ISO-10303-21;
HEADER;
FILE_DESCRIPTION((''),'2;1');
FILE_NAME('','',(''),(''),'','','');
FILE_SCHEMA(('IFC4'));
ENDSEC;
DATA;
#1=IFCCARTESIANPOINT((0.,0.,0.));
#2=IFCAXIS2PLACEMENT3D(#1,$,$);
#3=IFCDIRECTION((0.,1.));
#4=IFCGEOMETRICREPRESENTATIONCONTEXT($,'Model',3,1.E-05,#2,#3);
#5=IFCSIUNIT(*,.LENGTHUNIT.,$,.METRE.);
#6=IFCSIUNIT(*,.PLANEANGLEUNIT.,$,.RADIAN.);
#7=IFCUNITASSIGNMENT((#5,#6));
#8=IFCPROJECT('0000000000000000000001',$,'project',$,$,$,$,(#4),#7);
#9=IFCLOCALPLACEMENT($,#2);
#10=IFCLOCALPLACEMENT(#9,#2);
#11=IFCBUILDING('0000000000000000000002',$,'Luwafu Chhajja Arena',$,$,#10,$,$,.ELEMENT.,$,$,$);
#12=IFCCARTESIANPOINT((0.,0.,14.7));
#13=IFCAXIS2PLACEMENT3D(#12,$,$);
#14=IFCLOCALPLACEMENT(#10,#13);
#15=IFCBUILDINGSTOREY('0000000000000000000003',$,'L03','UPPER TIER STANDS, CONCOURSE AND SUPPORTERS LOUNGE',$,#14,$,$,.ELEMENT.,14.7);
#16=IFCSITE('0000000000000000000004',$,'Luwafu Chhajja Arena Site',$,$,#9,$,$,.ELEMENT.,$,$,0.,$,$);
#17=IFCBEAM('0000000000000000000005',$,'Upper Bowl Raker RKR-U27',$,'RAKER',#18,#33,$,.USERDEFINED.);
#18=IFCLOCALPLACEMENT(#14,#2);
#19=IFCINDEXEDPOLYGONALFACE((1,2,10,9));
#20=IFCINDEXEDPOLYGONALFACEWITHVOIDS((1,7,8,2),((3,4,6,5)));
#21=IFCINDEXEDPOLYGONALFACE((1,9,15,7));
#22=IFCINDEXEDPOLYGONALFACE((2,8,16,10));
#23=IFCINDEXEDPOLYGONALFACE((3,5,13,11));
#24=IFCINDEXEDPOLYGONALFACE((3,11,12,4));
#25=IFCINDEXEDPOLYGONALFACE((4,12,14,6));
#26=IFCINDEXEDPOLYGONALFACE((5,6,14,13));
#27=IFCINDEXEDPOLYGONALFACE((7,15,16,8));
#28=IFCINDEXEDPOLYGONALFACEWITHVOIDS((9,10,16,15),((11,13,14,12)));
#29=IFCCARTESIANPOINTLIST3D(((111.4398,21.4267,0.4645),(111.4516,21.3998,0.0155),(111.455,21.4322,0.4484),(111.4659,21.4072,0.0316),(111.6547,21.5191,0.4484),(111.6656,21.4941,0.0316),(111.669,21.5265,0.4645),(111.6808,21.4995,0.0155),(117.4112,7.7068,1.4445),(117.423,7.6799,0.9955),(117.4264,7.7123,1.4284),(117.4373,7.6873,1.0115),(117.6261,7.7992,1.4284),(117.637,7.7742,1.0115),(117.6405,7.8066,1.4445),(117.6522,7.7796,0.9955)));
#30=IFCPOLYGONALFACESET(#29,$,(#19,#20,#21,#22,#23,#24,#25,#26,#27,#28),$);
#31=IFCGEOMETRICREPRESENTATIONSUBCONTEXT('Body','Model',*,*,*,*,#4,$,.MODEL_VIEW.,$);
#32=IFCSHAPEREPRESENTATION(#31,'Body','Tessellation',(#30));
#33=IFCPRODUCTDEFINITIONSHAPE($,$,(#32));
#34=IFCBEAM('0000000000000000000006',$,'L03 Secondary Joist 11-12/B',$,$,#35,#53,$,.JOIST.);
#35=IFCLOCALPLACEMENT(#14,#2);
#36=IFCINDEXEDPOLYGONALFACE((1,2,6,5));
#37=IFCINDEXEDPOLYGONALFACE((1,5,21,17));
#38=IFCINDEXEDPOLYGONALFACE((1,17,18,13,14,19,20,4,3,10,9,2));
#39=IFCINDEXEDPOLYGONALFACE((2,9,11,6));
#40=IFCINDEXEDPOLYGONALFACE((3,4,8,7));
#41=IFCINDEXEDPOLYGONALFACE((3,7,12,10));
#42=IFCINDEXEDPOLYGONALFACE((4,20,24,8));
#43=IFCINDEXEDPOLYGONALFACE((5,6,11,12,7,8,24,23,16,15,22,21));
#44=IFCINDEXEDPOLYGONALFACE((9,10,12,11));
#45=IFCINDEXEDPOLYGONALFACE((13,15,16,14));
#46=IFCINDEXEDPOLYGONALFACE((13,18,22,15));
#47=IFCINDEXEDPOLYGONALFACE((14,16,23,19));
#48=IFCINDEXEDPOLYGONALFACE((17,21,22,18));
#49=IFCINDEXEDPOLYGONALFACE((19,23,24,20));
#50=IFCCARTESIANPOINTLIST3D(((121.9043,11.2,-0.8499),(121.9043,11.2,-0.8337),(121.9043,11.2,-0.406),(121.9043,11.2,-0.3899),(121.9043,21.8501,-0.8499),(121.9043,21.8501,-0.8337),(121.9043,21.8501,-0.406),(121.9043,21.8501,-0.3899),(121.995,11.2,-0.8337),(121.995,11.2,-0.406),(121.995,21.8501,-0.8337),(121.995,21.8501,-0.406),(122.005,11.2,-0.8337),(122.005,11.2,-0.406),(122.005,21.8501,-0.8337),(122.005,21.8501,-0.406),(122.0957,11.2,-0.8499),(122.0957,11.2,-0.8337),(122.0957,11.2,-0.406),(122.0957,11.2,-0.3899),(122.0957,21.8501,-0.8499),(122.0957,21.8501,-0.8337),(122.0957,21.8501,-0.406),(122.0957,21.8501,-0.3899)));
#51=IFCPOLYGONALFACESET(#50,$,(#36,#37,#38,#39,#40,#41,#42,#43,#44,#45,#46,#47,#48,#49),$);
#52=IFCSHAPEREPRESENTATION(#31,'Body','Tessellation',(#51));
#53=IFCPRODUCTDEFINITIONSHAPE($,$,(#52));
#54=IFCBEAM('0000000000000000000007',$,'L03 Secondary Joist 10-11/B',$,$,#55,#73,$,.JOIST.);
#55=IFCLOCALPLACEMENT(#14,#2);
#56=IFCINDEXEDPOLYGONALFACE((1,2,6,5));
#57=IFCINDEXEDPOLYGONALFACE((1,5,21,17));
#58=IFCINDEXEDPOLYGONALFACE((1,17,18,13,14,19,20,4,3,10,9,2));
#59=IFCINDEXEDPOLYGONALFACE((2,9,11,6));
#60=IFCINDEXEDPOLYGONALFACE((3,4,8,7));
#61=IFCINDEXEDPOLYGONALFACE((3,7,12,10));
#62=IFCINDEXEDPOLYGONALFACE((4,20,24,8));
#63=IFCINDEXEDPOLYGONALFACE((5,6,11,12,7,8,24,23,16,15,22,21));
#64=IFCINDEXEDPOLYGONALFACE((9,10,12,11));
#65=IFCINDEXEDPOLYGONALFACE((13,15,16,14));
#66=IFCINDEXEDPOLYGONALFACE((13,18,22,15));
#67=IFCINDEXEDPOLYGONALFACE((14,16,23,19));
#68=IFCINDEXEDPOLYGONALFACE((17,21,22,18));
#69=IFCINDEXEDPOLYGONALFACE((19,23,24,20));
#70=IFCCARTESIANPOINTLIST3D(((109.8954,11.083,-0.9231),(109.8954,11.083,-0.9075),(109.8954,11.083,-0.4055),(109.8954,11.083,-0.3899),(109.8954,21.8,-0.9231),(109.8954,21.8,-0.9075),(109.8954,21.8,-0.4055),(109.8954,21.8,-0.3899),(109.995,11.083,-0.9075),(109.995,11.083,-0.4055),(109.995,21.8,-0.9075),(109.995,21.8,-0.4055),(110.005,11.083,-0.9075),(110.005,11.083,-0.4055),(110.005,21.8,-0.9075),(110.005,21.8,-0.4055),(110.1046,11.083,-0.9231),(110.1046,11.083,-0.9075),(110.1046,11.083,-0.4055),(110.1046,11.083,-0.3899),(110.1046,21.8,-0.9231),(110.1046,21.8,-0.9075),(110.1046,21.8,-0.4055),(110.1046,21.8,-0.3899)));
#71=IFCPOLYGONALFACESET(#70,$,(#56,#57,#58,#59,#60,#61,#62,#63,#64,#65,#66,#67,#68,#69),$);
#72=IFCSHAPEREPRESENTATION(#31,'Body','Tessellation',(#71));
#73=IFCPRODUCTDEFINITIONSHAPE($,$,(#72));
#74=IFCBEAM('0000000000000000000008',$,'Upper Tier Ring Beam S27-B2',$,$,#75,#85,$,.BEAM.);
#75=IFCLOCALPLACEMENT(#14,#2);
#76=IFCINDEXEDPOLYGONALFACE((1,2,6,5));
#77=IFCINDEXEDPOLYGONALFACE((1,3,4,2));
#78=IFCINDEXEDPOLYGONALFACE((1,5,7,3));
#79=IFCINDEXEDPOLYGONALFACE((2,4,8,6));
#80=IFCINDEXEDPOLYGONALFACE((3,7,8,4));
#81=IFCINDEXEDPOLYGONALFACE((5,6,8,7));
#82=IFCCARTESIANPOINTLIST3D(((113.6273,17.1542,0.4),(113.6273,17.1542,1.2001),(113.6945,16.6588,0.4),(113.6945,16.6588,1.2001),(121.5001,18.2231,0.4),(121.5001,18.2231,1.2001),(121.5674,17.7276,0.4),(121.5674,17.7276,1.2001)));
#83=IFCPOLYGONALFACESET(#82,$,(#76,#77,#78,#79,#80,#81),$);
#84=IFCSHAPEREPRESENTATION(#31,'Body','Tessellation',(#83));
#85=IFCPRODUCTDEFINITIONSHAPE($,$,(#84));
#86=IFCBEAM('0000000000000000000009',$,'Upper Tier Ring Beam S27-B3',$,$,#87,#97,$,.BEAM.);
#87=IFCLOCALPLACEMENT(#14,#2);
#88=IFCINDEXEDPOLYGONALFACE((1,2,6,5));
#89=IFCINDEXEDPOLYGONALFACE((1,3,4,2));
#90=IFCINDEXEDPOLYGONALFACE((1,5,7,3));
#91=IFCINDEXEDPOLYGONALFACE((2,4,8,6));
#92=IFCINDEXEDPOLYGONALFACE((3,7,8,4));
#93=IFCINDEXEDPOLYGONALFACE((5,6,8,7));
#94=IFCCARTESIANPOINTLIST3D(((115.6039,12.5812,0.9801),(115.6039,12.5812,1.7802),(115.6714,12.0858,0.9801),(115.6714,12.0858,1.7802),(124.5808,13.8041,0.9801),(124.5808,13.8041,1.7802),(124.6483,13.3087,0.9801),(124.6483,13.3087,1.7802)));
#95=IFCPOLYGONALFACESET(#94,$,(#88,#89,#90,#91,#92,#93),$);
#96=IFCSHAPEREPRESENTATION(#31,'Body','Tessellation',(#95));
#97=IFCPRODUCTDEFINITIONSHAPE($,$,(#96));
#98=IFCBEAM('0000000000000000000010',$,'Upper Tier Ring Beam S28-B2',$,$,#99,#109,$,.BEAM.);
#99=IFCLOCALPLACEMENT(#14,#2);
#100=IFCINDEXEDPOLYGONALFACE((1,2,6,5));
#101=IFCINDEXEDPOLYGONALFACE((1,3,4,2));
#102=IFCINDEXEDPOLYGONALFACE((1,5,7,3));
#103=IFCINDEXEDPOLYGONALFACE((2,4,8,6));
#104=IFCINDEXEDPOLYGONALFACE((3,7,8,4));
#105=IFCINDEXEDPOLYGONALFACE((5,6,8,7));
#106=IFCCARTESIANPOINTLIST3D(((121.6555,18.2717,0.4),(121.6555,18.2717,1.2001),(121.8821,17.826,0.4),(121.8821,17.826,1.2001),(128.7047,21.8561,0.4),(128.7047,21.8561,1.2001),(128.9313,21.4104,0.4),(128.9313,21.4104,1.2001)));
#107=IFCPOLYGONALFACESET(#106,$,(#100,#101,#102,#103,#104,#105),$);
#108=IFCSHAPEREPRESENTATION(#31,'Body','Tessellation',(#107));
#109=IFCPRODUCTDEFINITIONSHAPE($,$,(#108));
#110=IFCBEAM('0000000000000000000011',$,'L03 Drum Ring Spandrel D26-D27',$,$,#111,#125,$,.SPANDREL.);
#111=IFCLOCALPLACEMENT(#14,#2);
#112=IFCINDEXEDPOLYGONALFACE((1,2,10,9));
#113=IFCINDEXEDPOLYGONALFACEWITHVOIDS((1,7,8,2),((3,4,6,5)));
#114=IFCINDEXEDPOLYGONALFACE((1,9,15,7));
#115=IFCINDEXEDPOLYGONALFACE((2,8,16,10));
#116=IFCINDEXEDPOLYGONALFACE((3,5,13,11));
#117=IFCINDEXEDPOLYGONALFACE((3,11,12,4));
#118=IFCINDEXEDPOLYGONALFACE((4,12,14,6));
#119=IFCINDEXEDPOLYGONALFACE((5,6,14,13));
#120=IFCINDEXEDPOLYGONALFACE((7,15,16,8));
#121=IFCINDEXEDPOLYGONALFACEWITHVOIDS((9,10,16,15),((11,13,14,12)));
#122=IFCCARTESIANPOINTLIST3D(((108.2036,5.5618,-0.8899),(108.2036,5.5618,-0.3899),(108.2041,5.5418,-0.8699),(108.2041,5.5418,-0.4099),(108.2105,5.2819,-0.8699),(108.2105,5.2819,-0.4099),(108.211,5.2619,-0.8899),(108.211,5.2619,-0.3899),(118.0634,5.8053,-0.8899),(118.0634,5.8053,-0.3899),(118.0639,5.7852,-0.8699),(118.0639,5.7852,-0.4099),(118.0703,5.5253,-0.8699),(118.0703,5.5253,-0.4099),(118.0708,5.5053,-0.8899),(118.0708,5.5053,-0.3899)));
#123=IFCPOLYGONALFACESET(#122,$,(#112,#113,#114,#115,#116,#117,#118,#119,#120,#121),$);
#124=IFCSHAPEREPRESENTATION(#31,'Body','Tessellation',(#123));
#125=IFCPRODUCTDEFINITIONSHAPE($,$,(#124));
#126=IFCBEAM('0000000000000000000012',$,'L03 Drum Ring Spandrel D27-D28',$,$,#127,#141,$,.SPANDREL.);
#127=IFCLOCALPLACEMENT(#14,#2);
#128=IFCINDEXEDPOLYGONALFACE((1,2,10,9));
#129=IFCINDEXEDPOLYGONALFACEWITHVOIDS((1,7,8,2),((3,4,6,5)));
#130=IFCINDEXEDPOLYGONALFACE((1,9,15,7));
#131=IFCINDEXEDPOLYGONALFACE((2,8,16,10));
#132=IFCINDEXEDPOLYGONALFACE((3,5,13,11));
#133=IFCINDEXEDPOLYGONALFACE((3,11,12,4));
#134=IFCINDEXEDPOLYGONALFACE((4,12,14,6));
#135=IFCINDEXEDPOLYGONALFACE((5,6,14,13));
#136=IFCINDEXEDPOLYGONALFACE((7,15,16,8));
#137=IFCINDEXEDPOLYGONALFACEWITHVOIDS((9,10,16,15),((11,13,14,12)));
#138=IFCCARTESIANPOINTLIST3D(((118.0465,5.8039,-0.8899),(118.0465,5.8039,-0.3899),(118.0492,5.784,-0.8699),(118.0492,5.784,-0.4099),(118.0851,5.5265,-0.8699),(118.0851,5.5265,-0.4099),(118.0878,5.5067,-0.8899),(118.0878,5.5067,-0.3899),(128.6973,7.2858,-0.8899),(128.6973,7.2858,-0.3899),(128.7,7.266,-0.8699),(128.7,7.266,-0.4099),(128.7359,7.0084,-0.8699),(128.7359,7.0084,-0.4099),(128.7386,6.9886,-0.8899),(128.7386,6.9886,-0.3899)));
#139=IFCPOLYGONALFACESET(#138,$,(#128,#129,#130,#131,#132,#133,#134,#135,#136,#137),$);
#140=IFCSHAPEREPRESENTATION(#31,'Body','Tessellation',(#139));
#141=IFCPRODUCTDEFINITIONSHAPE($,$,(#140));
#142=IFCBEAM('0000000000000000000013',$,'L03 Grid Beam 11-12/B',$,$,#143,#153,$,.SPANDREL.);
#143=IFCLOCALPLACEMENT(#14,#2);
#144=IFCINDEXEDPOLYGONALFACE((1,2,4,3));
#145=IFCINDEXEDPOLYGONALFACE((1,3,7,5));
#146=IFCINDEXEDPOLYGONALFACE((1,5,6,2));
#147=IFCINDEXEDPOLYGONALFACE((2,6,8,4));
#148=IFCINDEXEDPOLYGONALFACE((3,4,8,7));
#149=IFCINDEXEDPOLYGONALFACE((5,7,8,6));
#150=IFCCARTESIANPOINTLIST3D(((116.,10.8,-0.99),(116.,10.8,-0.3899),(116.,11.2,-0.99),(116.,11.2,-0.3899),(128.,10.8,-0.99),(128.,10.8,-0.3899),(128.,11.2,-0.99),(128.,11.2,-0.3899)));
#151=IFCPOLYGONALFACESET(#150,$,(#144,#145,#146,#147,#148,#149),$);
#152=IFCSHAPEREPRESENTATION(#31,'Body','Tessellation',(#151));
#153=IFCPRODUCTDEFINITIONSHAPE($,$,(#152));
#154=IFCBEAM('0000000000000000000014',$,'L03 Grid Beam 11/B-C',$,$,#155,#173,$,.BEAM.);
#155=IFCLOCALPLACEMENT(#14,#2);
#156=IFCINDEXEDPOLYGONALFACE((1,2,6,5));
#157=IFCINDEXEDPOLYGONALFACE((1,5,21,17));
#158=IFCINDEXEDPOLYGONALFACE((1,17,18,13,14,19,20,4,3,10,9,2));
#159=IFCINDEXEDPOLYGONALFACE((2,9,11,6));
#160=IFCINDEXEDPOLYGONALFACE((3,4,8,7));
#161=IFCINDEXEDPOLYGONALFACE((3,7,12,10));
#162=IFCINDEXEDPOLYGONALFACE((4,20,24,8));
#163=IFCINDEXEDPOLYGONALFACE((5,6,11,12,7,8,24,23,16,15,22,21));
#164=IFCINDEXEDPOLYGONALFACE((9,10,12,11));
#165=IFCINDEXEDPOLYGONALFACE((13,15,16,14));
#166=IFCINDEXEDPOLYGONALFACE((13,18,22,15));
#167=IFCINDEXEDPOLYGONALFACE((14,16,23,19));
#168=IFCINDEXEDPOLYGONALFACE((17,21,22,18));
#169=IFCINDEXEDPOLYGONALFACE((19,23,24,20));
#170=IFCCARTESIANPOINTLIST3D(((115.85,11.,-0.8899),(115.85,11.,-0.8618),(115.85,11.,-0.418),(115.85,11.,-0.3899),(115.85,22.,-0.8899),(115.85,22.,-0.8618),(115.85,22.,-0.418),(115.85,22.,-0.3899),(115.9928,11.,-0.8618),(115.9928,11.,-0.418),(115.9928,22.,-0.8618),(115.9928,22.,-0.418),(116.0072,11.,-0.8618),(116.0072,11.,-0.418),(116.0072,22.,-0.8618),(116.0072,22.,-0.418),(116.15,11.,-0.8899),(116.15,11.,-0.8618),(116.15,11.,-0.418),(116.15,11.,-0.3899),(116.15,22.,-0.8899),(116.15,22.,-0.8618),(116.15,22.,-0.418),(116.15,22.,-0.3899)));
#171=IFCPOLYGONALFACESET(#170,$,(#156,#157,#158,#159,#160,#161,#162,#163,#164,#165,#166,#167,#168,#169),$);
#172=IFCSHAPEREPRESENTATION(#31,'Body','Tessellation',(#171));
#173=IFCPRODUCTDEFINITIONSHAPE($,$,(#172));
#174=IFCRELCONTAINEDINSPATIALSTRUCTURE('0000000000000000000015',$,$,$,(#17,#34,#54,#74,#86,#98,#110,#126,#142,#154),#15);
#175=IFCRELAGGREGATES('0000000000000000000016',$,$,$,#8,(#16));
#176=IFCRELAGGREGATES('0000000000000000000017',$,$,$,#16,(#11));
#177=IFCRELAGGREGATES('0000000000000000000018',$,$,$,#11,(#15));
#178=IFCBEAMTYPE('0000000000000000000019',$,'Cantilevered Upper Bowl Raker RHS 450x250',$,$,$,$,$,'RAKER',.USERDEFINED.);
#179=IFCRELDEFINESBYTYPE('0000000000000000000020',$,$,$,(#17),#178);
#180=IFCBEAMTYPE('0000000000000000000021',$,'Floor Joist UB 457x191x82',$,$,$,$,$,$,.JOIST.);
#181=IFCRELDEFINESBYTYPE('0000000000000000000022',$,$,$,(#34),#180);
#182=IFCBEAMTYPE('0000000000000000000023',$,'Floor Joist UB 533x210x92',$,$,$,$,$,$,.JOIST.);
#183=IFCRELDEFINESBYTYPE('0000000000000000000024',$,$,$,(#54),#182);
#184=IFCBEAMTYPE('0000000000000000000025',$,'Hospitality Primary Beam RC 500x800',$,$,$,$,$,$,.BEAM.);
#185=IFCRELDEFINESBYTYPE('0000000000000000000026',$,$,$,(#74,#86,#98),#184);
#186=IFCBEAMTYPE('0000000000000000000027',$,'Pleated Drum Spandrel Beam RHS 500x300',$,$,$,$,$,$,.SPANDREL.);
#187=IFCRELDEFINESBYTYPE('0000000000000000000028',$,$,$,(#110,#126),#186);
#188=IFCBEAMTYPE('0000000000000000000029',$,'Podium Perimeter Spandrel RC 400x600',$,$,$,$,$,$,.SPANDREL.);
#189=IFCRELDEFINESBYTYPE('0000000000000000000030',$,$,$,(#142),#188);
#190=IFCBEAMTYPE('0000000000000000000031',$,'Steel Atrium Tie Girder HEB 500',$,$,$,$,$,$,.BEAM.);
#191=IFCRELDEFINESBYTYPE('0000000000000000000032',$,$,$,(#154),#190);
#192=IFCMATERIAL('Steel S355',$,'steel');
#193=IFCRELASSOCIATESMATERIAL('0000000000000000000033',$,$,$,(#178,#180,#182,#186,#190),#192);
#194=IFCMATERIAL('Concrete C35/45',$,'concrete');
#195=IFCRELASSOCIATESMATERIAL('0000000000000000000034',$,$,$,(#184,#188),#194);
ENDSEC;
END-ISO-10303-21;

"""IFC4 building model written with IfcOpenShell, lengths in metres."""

from ifc_helpers import new_model, si_unit, direction, frame, origin, origin_2d, place, context, subcontext, project, spatial, rectangle, hollow_rectangle, i_section, extrude, material, material_profile, profile_set, type_object, element, save


model = new_model("IFC4")

# Units and contexts
model_context = context("Model", 3, precision=1e-05, world=origin(), true_north=direction((0.0, 1.0)))
body_context = subcontext(model_context, "Body", "Model", "MODEL_VIEW")
ifc_project = project(units=[si_unit("LENGTHUNIT", "METRE"), si_unit("PLANEANGLEUNIT", "RADIAN")], contexts=[model_context])

# Site, building, storey
site_placement = place(None, origin())
site = spatial("IfcSite", under=ifc_project, at=site_placement, Name="Luwafu Chhajja Arena Site", CompositionType="ELEMENT", RefElevation=0.0)
building_placement = place(site_placement, origin())
building = spatial("IfcBuilding", under=site, at=building_placement, Name="Luwafu Chhajja Arena", CompositionType="ELEMENT")
storey_placement = place(building_placement, frame((0.0, 0.0, 14.7)))
storey = spatial("IfcBuildingStorey", under=building, at=storey_placement, Name="L03", Description="UPPER TIER STANDS, CONCOURSE AND SUPPORTERS LOUNGE", CompositionType="ELEMENT", Elevation=14.7)

# Shared definitions
ifc_material_1 = material(Name="Concrete C35/45", Category="concrete")
ifc_material_2 = material(Name="Steel S355", Category="steel")

# Beams
ifc_material_profile_1 = material_profile(ifc_material_2, hollow_rectangle(XDim=0.25, YDim=0.45, WallThickness=0.0161, at=origin_2d()), Name="RHS 450x250x16")
ifc_profile_set_1 = profile_set([ifc_material_profile_1], Name="Steel S355")
beam_type_1 = type_object("IfcBeamType", Name="Cantilevered Upper Bowl Raker RHS 450x250", ElementType="RAKER", PredefinedType="USERDEFINED", material=ifc_profile_set_1)
beam_1_placement = place(storey_placement, frame((111.5603, 21.4631, 0.24), z_axis=(0.398223, -0.914958, 0.065353), x_axis=(0.916918, 0.399076, 0.0)))
element("IfcBeam", 1, at=beam_1_placement, inside=storey, type_object=beam_type_1, Name="Upper Bowl Raker RKR-U27", ObjectType="RAKER", PredefinedType="USERDEFINED", context=body_context, shape_type="SweptSolid", body=[
    extrude(hollow_rectangle(XDim=0.25, YDim=0.45, WallThickness=0.0161, at=origin_2d()), origin(), (0.0, 0.0, 1.0), 14.9951),
])
ifc_material_profile_2 = material_profile(ifc_material_2, i_section(OverallWidth=0.1914, OverallDepth=0.46, WebThickness=0.01, FlangeThickness=0.0161, at=origin_2d()), Name="UB 457x191x82")
ifc_profile_set_2 = profile_set([ifc_material_profile_2], Name="Steel S355")
beam_type_2 = type_object("IfcBeamType", Name="Floor Joist UB 457x191x82", PredefinedType="JOIST", material=ifc_profile_set_2)
beam_2_placement = place(storey_placement, frame((122.0, 11.2, -0.6199), z_axis=(0.0, 1.0, 0.0), x_axis=(-1.0, 0.0, 0.0)))
element("IfcBeam", 2, at=beam_2_placement, inside=storey, type_object=beam_type_2, Name="L03 Secondary Joist 11-12/B", PredefinedType="JOIST", context=body_context, shape_type="SweptSolid", body=[
    extrude(i_section(OverallWidth=0.1914, OverallDepth=0.46, WebThickness=0.01, FlangeThickness=0.0161, at=origin_2d()), origin(), (0.0, 0.0, 1.0), 10.6501),
])
ifc_material_profile_3 = material_profile(ifc_material_2, i_section(OverallWidth=0.2092, OverallDepth=0.5332, WebThickness=0.01, FlangeThickness=0.0156, at=origin_2d()), Name="UB 533x210x92")
ifc_profile_set_3 = profile_set([ifc_material_profile_3], Name="Steel S355")
beam_type_3 = type_object("IfcBeamType", Name="Floor Joist UB 533x210x92", PredefinedType="JOIST", material=ifc_profile_set_3)
beam_3_placement = place(storey_placement, frame((110.0, 11.083, -0.6565), z_axis=(0.0, 1.0, 0.0), x_axis=(-1.0, 0.0, 0.0)))
element("IfcBeam", 3, at=beam_3_placement, inside=storey, type_object=beam_type_3, Name="L03 Secondary Joist 10-11/B", PredefinedType="JOIST", context=body_context, shape_type="SweptSolid", body=[
    extrude(i_section(OverallWidth=0.2092, OverallDepth=0.5332, WebThickness=0.01, FlangeThickness=0.0156, at=origin_2d()), origin(), (0.0, 0.0, 1.0), 10.717),
])
ifc_material_profile_4 = material_profile(ifc_material_1, rectangle(XDim=0.5, YDim=0.8, at=origin_2d()), Name="RC 500x800")
ifc_profile_set_4 = profile_set([ifc_material_profile_4], Name="Concrete C35/45")
beam_type_4 = type_object("IfcBeamType", Name="Hospitality Primary Beam RC 500x800", PredefinedType="BEAM", material=ifc_profile_set_4)
beam_4_placement = place(storey_placement, frame((113.6609, 16.9065, 0.8), z_axis=(0.990909, 0.13453, 0.0), x_axis=(-0.13453, 0.990909, 0.0)))
element("IfcBeam", 4, at=beam_4_placement, inside=storey, type_object=beam_type_4, Name="Upper Tier Ring Beam S27-B2", PredefinedType="BEAM", context=body_context, shape_type="SweptSolid", body=[
    extrude(rectangle(XDim=0.5, YDim=0.8, at=origin_2d()), origin(), (0.0, 0.0, 1.0), 7.9451),
])
beam_5_placement = place(storey_placement, frame((115.6377, 12.3335, 1.3801), z_axis=(0.990848, 0.134982, 0.0), x_axis=(-0.134982, 0.990848, 0.0)))
element("IfcBeam", 5, at=beam_5_placement, inside=storey, type_object=beam_type_4, Name="Upper Tier Ring Beam S27-B3", PredefinedType="BEAM", context=body_context, shape_type="SweptSolid", body=[
    extrude(rectangle(XDim=0.5, YDim=0.8, at=origin_2d()), origin(), (0.0, 0.0, 1.0), 9.0598),
])
beam_6_placement = place(storey_placement, frame((121.7688, 18.0488, 0.8), z_axis=(0.891381, 0.453254, 0.0), x_axis=(-0.453254, 0.891381, 0.0)))
element("IfcBeam", 6, at=beam_6_placement, inside=storey, type_object=beam_type_4, Name="Upper Tier Ring Beam S28-B2", PredefinedType="BEAM", context=body_context, shape_type="SweptSolid", body=[
    extrude(rectangle(XDim=0.5, YDim=0.8, at=origin_2d()), origin(), (0.0, 0.0, 1.0), 7.9082),
])
ifc_material_profile_5 = material_profile(ifc_material_2, hollow_rectangle(XDim=0.3, YDim=0.5, WallThickness=0.02, at=origin_2d()), Name="RHS 500x300x20")
ifc_profile_set_5 = profile_set([ifc_material_profile_5], Name="Steel S355")
beam_type_5 = type_object("IfcBeamType", Name="Pleated Drum Spandrel Beam RHS 500x300", PredefinedType="SPANDREL", material=ifc_profile_set_5)
beam_7_placement = place(storey_placement, frame((108.2073, 5.4119, -0.6399), z_axis=(0.999695, 0.024679, 0.0), x_axis=(-0.024679, 0.999695, 0.0)))
element("IfcBeam", 7, at=beam_7_placement, inside=storey, type_object=beam_type_5, Name="L03 Drum Ring Spandrel D26-D27", PredefinedType="SPANDREL", context=body_context, shape_type="SweptSolid", body=[
    extrude(hollow_rectangle(XDim=0.3, YDim=0.5, WallThickness=0.02, at=origin_2d()), origin(), (0.0, 0.0, 1.0), 9.8628),
])
beam_8_placement = place(storey_placement, frame((118.0671, 5.6553, -0.6399), z_axis=(0.990459, 0.13781, 0.0), x_axis=(-0.13781, 0.990459, 0.0)))
element("IfcBeam", 8, at=beam_8_placement, inside=storey, type_object=beam_type_5, Name="L03 Drum Ring Spandrel D27-D28", PredefinedType="SPANDREL", context=body_context, shape_type="SweptSolid", body=[
    extrude(hollow_rectangle(XDim=0.3, YDim=0.5, WallThickness=0.02, at=origin_2d()), origin(), (0.0, 0.0, 1.0), 10.7534),
])
ifc_material_profile_6 = material_profile(ifc_material_1, rectangle(XDim=0.3999, YDim=0.6001, at=origin_2d()), Name="RC 400x600")
ifc_profile_set_6 = profile_set([ifc_material_profile_6], Name="Concrete C35/45")
beam_type_6 = type_object("IfcBeamType", Name="Podium Perimeter Spandrel RC 400x600", PredefinedType="SPANDREL", material=ifc_profile_set_6)
beam_9_placement = place(storey_placement, frame((116.0, 11.0, -0.6899), z_axis=(1.0, 0.0, 0.0), x_axis=(0.0, 1.0, 0.0)))
element("IfcBeam", 9, at=beam_9_placement, inside=storey, type_object=beam_type_6, Name="L03 Grid Beam 11-12/B", PredefinedType="SPANDREL", context=body_context, shape_type="SweptSolid", body=[
    extrude(rectangle(XDim=0.3999, YDim=0.6001, at=origin_2d()), origin(), (0.0, 0.0, 1.0), 12.0),
])
ifc_material_profile_7 = material_profile(ifc_material_2, i_section(OverallWidth=0.3, OverallDepth=0.5, WebThickness=0.0144, FlangeThickness=0.0281, at=origin_2d()), Name="HEB 500")
ifc_profile_set_7 = profile_set([ifc_material_profile_7], Name="Steel S355")
beam_type_7 = type_object("IfcBeamType", Name="Steel Atrium Tie Girder HEB 500", PredefinedType="BEAM", material=ifc_profile_set_7)
beam_10_placement = place(storey_placement, frame((116.0, 11.0, -0.6399), z_axis=(0.0, 1.0, 0.0), x_axis=(-1.0, 0.0, 0.0)))
element("IfcBeam", 10, at=beam_10_placement, inside=storey, type_object=beam_type_7, Name="L03 Grid Beam 11/B-C", PredefinedType="BEAM", context=body_context, shape_type="SweptSolid", body=[
    extrude(i_section(OverallWidth=0.3, OverallDepth=0.5, WebThickness=0.0144, FlangeThickness=0.0281, at=origin_2d()), origin(), (0.0, 0.0, 1.0), 11.0),
])

save(model, "model.ifc")
